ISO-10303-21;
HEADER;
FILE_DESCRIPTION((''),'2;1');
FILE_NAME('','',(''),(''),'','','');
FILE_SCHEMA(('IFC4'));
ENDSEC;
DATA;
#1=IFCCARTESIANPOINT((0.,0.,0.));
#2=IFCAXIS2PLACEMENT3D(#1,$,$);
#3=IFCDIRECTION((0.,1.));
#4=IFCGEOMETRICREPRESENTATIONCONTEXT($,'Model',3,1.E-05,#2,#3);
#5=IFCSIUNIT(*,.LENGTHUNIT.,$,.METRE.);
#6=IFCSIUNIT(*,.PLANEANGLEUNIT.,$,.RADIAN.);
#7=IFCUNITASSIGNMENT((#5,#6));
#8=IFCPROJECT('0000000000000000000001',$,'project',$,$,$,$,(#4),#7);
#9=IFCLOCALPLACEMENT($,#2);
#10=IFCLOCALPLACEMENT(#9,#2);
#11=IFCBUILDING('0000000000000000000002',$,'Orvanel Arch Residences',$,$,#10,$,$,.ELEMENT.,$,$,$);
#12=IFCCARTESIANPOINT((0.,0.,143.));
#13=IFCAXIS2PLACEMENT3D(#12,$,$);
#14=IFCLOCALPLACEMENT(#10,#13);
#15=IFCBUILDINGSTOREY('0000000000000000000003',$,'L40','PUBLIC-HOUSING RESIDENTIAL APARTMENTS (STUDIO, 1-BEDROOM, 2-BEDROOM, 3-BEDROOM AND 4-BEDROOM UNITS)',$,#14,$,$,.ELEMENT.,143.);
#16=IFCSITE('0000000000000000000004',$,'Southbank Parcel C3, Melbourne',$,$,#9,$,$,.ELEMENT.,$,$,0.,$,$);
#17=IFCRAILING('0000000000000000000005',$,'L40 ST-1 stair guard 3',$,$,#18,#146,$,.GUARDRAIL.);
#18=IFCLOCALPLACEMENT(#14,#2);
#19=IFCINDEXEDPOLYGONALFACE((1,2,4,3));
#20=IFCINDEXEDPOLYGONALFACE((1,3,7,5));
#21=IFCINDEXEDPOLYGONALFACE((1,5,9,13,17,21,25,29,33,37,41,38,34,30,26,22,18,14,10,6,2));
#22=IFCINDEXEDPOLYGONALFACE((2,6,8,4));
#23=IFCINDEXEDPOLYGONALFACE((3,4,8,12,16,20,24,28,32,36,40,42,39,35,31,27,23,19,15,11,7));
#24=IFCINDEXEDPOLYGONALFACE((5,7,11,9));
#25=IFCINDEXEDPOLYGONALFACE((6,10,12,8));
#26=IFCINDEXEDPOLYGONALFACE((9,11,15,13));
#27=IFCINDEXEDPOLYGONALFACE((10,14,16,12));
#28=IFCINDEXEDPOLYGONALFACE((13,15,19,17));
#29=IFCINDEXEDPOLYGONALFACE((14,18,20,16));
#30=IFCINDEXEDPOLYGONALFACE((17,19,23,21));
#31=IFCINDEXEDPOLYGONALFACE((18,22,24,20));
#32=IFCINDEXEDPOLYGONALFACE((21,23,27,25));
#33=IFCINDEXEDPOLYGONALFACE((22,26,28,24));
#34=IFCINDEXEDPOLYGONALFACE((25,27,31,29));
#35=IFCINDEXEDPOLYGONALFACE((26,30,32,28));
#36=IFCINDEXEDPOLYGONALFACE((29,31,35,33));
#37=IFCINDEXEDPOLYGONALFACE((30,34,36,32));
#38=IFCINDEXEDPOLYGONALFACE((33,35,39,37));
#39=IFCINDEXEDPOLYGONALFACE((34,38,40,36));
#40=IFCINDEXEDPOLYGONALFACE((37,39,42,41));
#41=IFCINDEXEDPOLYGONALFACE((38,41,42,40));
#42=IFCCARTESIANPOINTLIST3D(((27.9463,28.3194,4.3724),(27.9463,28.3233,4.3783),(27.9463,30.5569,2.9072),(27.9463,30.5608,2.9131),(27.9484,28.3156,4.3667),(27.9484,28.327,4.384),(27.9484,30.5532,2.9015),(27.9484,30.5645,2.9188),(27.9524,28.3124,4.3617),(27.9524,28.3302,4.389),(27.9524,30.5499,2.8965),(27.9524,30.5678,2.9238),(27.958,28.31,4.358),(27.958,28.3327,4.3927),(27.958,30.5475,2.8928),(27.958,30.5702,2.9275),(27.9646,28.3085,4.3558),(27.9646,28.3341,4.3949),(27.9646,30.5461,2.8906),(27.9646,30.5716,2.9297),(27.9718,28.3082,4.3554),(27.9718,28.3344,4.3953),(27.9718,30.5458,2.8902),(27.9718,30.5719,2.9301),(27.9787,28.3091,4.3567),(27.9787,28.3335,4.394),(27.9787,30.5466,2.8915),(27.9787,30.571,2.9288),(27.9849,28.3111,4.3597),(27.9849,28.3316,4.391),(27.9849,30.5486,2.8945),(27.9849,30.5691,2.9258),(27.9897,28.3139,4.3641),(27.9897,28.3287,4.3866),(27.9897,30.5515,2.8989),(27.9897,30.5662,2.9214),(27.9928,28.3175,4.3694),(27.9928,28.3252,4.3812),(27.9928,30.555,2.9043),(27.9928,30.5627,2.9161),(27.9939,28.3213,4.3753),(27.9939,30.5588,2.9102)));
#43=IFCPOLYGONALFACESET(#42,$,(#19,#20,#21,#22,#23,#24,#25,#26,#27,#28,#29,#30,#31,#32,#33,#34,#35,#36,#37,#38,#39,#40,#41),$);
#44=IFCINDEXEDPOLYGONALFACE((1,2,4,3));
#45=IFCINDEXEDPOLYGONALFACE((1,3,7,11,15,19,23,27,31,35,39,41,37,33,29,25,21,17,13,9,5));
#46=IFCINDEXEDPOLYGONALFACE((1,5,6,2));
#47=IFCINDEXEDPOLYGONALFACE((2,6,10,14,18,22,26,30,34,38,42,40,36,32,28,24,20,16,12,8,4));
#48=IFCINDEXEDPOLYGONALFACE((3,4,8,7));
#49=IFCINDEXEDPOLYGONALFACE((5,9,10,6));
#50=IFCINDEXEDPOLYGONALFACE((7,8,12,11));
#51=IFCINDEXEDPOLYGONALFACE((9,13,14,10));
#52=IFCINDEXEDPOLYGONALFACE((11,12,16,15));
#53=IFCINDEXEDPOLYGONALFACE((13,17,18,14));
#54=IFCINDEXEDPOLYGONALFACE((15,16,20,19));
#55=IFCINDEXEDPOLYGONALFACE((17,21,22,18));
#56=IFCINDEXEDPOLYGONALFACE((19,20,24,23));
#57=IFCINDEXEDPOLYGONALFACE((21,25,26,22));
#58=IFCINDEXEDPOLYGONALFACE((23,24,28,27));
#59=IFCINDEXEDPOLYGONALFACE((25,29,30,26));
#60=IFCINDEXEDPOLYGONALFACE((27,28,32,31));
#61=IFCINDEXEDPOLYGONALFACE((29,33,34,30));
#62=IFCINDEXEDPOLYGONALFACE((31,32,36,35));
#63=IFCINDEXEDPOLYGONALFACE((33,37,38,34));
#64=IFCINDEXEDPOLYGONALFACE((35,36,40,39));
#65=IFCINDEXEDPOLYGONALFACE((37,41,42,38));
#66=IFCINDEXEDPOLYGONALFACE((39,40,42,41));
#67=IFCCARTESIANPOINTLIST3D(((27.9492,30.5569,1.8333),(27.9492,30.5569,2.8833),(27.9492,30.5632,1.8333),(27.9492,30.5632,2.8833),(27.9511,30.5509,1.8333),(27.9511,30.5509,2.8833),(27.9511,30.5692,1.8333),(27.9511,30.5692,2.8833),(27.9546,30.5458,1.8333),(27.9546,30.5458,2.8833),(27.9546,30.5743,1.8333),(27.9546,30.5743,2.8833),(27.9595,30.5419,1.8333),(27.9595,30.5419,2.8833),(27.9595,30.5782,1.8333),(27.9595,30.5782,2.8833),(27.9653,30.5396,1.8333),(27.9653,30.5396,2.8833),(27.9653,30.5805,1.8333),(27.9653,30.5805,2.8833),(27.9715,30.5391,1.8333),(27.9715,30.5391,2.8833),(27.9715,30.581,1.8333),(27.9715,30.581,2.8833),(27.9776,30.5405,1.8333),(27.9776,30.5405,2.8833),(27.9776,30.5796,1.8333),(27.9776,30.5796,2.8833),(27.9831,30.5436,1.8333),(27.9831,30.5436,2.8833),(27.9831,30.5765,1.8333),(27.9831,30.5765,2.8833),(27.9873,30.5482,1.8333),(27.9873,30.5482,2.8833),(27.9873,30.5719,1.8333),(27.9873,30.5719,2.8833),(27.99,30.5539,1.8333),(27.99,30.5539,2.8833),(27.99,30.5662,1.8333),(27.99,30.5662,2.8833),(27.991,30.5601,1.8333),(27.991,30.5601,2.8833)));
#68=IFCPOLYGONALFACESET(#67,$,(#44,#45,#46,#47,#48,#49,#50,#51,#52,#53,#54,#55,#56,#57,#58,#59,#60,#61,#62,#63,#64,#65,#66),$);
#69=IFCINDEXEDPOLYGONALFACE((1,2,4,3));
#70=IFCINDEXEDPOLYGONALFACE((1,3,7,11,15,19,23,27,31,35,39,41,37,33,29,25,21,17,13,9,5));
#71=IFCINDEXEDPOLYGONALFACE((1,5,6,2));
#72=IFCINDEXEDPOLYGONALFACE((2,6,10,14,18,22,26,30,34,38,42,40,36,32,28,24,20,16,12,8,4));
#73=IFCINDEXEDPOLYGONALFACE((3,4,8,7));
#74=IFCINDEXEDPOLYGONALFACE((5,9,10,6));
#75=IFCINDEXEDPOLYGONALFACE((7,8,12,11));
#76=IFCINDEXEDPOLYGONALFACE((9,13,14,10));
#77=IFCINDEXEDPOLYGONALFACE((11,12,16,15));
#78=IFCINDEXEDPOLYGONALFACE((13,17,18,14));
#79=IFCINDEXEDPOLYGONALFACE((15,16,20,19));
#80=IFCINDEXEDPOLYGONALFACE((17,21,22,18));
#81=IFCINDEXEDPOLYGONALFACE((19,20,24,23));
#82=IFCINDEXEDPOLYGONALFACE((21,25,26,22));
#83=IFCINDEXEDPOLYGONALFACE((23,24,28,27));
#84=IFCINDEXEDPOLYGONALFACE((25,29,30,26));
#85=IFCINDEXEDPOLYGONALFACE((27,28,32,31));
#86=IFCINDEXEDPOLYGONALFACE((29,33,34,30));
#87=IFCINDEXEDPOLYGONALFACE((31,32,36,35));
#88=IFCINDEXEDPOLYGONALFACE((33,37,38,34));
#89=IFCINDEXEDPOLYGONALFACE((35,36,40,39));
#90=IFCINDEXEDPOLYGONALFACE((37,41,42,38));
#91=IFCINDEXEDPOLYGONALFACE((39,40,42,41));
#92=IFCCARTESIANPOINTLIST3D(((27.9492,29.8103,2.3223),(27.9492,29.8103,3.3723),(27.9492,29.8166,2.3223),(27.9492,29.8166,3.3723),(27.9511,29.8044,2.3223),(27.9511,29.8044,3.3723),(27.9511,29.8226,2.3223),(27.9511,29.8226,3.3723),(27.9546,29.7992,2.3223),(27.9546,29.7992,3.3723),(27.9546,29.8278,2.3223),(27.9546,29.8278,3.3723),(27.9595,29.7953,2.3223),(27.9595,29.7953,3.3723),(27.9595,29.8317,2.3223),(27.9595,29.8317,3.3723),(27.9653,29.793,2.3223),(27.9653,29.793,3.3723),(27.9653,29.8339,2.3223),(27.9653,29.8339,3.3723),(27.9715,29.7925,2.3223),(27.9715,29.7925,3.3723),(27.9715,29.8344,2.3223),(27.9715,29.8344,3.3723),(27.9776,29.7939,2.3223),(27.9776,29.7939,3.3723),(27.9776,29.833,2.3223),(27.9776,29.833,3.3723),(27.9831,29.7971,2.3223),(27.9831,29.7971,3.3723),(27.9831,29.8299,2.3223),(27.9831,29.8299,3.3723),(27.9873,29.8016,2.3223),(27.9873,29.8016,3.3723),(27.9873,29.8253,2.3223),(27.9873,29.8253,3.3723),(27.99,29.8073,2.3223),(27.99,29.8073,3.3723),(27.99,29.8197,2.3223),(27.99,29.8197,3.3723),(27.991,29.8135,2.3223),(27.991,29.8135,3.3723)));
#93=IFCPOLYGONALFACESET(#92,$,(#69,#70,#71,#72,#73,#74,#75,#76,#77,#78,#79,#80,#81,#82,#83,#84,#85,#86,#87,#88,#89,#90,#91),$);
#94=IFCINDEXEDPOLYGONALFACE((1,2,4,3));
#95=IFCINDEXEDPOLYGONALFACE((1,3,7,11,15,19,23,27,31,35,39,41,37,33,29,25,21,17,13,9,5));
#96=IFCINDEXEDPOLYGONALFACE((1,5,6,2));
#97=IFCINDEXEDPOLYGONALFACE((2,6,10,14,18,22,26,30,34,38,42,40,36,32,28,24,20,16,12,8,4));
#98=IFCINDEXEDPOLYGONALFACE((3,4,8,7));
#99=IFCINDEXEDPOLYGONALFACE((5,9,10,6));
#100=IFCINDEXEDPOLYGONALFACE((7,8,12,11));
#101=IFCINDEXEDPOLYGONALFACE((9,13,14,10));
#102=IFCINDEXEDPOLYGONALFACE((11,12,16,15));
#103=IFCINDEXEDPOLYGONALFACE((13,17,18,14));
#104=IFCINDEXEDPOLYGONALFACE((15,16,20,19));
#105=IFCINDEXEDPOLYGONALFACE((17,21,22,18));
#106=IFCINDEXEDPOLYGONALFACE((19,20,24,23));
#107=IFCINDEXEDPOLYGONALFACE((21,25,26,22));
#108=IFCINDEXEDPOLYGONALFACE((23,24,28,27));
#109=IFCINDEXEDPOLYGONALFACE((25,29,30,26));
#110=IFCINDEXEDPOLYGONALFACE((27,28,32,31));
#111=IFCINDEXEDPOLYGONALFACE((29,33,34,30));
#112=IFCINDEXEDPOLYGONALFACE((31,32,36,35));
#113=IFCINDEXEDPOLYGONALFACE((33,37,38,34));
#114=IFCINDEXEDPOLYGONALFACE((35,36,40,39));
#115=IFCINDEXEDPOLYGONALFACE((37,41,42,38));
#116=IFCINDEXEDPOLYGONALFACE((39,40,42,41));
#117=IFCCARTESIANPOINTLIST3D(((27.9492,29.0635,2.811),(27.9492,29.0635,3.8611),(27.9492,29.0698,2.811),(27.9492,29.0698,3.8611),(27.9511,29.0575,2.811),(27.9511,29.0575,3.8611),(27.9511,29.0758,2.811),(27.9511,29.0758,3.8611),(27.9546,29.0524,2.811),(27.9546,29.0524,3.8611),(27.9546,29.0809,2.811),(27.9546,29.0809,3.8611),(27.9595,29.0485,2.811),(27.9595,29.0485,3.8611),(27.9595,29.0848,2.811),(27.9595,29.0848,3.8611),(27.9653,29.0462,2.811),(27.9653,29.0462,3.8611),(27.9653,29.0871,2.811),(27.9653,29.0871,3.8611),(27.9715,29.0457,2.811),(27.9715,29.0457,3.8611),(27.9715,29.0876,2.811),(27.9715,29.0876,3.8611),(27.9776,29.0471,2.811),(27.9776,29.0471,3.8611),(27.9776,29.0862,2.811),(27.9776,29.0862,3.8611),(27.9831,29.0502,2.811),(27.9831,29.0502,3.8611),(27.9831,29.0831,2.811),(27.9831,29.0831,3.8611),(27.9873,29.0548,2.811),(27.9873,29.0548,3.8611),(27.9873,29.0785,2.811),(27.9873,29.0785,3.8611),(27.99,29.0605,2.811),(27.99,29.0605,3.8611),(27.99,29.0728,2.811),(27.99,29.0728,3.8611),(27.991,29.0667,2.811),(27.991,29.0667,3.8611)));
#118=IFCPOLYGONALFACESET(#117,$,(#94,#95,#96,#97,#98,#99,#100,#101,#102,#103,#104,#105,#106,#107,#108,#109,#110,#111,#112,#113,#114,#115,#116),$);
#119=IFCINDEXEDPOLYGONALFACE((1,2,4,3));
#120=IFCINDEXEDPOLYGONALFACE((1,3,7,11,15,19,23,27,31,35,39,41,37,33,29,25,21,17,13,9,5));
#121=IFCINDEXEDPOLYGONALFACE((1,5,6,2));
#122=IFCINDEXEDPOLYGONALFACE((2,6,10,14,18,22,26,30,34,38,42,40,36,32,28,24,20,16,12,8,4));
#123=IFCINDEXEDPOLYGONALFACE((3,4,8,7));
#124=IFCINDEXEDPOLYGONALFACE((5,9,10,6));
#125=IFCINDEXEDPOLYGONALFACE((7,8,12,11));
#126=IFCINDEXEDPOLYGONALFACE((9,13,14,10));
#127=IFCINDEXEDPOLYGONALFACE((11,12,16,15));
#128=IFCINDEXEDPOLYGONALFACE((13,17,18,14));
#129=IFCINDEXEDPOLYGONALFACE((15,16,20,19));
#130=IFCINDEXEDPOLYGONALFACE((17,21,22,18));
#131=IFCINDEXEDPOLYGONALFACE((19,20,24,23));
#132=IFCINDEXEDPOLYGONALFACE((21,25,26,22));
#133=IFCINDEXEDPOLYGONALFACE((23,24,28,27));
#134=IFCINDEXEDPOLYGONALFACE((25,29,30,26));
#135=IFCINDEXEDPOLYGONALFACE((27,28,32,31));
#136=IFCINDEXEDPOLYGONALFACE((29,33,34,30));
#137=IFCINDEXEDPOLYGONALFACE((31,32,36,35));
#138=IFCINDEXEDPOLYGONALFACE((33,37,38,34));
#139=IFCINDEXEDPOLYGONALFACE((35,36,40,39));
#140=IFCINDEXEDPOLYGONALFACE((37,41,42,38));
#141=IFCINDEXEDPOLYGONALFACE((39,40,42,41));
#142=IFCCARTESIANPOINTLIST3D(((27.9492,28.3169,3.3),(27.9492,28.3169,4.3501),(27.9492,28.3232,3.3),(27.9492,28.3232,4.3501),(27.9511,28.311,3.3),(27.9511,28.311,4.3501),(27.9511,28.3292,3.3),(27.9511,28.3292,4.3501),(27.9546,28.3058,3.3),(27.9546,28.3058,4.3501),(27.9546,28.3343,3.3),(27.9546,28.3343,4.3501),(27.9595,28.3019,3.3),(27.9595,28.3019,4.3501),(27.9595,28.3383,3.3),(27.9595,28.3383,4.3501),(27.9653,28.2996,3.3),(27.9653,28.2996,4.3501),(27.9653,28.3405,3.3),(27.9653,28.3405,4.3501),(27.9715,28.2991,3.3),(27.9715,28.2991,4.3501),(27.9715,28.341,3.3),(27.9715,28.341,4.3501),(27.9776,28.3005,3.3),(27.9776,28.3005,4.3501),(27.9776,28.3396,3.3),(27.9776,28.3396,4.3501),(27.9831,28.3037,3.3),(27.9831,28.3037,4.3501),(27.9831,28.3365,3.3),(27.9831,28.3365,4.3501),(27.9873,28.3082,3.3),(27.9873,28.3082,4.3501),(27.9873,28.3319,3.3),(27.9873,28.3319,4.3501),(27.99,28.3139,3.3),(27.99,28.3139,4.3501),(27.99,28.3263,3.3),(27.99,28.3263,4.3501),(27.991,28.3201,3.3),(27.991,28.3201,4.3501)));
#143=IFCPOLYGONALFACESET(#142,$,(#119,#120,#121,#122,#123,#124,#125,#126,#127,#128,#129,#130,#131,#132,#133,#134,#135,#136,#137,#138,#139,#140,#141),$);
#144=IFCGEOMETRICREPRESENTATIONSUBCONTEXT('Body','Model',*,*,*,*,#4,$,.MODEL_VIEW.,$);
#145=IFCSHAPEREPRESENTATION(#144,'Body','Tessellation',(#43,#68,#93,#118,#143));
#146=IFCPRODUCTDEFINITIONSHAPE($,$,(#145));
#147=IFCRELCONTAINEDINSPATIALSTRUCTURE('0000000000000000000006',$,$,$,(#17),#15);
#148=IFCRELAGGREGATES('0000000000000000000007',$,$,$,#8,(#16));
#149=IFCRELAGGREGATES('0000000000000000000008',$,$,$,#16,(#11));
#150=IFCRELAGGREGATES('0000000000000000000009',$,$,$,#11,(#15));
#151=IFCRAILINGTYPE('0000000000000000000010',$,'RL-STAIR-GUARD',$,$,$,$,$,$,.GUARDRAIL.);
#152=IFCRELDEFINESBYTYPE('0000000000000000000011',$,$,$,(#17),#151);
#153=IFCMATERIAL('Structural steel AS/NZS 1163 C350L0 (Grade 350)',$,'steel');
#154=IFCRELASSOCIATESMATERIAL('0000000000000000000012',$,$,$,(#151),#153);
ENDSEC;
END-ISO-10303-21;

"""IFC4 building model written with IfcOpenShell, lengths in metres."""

from ifc_helpers import new_model, si_unit, direction, frame, origin, origin_2d, place, context, subcontext, project, spatial, circle, extrude, material, type_object, element, save


model = new_model("IFC4")

# Units and contexts
model_context = context("Model", 3, precision=1e-05, world=origin(), true_north=direction((0.0, 1.0)))
body_context = subcontext(model_context, "Body", "Model", "MODEL_VIEW")
ifc_project = project(units=[si_unit("LENGTHUNIT", "METRE"), si_unit("PLANEANGLEUNIT", "RADIAN")], contexts=[model_context])

# Site, building, storey
site_placement = place(None, origin())
site = spatial("IfcSite", under=ifc_project, at=site_placement, Name="Southbank Parcel C3, Melbourne", CompositionType="ELEMENT", RefElevation=0.0)
building_placement = place(site_placement, origin())
building = spatial("IfcBuilding", under=site, at=building_placement, Name="Orvanel Arch Residences", CompositionType="ELEMENT")
storey_placement = place(building_placement, frame((0.0, 0.0, 143.0)))
storey = spatial("IfcBuildingStorey", under=building, at=storey_placement, Name="L40", Description="PUBLIC-HOUSING RESIDENTIAL APARTMENTS (STUDIO, 1-BEDROOM, 2-BEDROOM, 3-BEDROOM AND 4-BEDROOM UNITS)", CompositionType="ELEMENT", Elevation=143.0)

# Railing
ifc_material_1 = material(Name="Structural steel AS/NZS 1163 C350L0 (Grade 350)", Category="steel")
railing_type_1 = type_object("IfcRailingType", Name="RL-STAIR-GUARD", PredefinedType="GUARDRAIL", material=ifc_material_1)
railing_1_placement = place(storey_placement, frame((27.97, 30.5601, 1.8333)))
element("IfcRailing", 1, at=railing_1_placement, inside=storey, type_object=railing_type_1, Name="L40 ST-1 stair guard 3", PredefinedType="GUARDRAIL", context=body_context, shape_type="SweptSolid", body=[
    extrude(circle(Radius=0.0239, at=origin_2d()), frame((0.0, -0.0012, 1.0769), z_axis=(0.0, -0.836595, 0.547822), x_axis=(1.0, 0.0, 0.0)), (0.0, 0.0, 1.0), 2.6746),
    extrude(circle(Radius=0.021, at=origin_2d()), origin(), (0.0, 0.0, 1.0), 1.05),
    extrude(circle(Radius=0.021, at=origin_2d()), frame((0.0, -0.7466, 0.489)), (0.0, 0.0, 1.0), 1.05),
    extrude(circle(Radius=0.021, at=origin_2d()), frame((0.0, -1.4934, 0.9778)), (0.0, 0.0, 1.0), 1.05),
    extrude(circle(Radius=0.021, at=origin_2d()), frame((0.0, -2.24, 1.4668)), (0.0, 0.0, 1.0), 1.05),
])

save(model, "model.ifc")
